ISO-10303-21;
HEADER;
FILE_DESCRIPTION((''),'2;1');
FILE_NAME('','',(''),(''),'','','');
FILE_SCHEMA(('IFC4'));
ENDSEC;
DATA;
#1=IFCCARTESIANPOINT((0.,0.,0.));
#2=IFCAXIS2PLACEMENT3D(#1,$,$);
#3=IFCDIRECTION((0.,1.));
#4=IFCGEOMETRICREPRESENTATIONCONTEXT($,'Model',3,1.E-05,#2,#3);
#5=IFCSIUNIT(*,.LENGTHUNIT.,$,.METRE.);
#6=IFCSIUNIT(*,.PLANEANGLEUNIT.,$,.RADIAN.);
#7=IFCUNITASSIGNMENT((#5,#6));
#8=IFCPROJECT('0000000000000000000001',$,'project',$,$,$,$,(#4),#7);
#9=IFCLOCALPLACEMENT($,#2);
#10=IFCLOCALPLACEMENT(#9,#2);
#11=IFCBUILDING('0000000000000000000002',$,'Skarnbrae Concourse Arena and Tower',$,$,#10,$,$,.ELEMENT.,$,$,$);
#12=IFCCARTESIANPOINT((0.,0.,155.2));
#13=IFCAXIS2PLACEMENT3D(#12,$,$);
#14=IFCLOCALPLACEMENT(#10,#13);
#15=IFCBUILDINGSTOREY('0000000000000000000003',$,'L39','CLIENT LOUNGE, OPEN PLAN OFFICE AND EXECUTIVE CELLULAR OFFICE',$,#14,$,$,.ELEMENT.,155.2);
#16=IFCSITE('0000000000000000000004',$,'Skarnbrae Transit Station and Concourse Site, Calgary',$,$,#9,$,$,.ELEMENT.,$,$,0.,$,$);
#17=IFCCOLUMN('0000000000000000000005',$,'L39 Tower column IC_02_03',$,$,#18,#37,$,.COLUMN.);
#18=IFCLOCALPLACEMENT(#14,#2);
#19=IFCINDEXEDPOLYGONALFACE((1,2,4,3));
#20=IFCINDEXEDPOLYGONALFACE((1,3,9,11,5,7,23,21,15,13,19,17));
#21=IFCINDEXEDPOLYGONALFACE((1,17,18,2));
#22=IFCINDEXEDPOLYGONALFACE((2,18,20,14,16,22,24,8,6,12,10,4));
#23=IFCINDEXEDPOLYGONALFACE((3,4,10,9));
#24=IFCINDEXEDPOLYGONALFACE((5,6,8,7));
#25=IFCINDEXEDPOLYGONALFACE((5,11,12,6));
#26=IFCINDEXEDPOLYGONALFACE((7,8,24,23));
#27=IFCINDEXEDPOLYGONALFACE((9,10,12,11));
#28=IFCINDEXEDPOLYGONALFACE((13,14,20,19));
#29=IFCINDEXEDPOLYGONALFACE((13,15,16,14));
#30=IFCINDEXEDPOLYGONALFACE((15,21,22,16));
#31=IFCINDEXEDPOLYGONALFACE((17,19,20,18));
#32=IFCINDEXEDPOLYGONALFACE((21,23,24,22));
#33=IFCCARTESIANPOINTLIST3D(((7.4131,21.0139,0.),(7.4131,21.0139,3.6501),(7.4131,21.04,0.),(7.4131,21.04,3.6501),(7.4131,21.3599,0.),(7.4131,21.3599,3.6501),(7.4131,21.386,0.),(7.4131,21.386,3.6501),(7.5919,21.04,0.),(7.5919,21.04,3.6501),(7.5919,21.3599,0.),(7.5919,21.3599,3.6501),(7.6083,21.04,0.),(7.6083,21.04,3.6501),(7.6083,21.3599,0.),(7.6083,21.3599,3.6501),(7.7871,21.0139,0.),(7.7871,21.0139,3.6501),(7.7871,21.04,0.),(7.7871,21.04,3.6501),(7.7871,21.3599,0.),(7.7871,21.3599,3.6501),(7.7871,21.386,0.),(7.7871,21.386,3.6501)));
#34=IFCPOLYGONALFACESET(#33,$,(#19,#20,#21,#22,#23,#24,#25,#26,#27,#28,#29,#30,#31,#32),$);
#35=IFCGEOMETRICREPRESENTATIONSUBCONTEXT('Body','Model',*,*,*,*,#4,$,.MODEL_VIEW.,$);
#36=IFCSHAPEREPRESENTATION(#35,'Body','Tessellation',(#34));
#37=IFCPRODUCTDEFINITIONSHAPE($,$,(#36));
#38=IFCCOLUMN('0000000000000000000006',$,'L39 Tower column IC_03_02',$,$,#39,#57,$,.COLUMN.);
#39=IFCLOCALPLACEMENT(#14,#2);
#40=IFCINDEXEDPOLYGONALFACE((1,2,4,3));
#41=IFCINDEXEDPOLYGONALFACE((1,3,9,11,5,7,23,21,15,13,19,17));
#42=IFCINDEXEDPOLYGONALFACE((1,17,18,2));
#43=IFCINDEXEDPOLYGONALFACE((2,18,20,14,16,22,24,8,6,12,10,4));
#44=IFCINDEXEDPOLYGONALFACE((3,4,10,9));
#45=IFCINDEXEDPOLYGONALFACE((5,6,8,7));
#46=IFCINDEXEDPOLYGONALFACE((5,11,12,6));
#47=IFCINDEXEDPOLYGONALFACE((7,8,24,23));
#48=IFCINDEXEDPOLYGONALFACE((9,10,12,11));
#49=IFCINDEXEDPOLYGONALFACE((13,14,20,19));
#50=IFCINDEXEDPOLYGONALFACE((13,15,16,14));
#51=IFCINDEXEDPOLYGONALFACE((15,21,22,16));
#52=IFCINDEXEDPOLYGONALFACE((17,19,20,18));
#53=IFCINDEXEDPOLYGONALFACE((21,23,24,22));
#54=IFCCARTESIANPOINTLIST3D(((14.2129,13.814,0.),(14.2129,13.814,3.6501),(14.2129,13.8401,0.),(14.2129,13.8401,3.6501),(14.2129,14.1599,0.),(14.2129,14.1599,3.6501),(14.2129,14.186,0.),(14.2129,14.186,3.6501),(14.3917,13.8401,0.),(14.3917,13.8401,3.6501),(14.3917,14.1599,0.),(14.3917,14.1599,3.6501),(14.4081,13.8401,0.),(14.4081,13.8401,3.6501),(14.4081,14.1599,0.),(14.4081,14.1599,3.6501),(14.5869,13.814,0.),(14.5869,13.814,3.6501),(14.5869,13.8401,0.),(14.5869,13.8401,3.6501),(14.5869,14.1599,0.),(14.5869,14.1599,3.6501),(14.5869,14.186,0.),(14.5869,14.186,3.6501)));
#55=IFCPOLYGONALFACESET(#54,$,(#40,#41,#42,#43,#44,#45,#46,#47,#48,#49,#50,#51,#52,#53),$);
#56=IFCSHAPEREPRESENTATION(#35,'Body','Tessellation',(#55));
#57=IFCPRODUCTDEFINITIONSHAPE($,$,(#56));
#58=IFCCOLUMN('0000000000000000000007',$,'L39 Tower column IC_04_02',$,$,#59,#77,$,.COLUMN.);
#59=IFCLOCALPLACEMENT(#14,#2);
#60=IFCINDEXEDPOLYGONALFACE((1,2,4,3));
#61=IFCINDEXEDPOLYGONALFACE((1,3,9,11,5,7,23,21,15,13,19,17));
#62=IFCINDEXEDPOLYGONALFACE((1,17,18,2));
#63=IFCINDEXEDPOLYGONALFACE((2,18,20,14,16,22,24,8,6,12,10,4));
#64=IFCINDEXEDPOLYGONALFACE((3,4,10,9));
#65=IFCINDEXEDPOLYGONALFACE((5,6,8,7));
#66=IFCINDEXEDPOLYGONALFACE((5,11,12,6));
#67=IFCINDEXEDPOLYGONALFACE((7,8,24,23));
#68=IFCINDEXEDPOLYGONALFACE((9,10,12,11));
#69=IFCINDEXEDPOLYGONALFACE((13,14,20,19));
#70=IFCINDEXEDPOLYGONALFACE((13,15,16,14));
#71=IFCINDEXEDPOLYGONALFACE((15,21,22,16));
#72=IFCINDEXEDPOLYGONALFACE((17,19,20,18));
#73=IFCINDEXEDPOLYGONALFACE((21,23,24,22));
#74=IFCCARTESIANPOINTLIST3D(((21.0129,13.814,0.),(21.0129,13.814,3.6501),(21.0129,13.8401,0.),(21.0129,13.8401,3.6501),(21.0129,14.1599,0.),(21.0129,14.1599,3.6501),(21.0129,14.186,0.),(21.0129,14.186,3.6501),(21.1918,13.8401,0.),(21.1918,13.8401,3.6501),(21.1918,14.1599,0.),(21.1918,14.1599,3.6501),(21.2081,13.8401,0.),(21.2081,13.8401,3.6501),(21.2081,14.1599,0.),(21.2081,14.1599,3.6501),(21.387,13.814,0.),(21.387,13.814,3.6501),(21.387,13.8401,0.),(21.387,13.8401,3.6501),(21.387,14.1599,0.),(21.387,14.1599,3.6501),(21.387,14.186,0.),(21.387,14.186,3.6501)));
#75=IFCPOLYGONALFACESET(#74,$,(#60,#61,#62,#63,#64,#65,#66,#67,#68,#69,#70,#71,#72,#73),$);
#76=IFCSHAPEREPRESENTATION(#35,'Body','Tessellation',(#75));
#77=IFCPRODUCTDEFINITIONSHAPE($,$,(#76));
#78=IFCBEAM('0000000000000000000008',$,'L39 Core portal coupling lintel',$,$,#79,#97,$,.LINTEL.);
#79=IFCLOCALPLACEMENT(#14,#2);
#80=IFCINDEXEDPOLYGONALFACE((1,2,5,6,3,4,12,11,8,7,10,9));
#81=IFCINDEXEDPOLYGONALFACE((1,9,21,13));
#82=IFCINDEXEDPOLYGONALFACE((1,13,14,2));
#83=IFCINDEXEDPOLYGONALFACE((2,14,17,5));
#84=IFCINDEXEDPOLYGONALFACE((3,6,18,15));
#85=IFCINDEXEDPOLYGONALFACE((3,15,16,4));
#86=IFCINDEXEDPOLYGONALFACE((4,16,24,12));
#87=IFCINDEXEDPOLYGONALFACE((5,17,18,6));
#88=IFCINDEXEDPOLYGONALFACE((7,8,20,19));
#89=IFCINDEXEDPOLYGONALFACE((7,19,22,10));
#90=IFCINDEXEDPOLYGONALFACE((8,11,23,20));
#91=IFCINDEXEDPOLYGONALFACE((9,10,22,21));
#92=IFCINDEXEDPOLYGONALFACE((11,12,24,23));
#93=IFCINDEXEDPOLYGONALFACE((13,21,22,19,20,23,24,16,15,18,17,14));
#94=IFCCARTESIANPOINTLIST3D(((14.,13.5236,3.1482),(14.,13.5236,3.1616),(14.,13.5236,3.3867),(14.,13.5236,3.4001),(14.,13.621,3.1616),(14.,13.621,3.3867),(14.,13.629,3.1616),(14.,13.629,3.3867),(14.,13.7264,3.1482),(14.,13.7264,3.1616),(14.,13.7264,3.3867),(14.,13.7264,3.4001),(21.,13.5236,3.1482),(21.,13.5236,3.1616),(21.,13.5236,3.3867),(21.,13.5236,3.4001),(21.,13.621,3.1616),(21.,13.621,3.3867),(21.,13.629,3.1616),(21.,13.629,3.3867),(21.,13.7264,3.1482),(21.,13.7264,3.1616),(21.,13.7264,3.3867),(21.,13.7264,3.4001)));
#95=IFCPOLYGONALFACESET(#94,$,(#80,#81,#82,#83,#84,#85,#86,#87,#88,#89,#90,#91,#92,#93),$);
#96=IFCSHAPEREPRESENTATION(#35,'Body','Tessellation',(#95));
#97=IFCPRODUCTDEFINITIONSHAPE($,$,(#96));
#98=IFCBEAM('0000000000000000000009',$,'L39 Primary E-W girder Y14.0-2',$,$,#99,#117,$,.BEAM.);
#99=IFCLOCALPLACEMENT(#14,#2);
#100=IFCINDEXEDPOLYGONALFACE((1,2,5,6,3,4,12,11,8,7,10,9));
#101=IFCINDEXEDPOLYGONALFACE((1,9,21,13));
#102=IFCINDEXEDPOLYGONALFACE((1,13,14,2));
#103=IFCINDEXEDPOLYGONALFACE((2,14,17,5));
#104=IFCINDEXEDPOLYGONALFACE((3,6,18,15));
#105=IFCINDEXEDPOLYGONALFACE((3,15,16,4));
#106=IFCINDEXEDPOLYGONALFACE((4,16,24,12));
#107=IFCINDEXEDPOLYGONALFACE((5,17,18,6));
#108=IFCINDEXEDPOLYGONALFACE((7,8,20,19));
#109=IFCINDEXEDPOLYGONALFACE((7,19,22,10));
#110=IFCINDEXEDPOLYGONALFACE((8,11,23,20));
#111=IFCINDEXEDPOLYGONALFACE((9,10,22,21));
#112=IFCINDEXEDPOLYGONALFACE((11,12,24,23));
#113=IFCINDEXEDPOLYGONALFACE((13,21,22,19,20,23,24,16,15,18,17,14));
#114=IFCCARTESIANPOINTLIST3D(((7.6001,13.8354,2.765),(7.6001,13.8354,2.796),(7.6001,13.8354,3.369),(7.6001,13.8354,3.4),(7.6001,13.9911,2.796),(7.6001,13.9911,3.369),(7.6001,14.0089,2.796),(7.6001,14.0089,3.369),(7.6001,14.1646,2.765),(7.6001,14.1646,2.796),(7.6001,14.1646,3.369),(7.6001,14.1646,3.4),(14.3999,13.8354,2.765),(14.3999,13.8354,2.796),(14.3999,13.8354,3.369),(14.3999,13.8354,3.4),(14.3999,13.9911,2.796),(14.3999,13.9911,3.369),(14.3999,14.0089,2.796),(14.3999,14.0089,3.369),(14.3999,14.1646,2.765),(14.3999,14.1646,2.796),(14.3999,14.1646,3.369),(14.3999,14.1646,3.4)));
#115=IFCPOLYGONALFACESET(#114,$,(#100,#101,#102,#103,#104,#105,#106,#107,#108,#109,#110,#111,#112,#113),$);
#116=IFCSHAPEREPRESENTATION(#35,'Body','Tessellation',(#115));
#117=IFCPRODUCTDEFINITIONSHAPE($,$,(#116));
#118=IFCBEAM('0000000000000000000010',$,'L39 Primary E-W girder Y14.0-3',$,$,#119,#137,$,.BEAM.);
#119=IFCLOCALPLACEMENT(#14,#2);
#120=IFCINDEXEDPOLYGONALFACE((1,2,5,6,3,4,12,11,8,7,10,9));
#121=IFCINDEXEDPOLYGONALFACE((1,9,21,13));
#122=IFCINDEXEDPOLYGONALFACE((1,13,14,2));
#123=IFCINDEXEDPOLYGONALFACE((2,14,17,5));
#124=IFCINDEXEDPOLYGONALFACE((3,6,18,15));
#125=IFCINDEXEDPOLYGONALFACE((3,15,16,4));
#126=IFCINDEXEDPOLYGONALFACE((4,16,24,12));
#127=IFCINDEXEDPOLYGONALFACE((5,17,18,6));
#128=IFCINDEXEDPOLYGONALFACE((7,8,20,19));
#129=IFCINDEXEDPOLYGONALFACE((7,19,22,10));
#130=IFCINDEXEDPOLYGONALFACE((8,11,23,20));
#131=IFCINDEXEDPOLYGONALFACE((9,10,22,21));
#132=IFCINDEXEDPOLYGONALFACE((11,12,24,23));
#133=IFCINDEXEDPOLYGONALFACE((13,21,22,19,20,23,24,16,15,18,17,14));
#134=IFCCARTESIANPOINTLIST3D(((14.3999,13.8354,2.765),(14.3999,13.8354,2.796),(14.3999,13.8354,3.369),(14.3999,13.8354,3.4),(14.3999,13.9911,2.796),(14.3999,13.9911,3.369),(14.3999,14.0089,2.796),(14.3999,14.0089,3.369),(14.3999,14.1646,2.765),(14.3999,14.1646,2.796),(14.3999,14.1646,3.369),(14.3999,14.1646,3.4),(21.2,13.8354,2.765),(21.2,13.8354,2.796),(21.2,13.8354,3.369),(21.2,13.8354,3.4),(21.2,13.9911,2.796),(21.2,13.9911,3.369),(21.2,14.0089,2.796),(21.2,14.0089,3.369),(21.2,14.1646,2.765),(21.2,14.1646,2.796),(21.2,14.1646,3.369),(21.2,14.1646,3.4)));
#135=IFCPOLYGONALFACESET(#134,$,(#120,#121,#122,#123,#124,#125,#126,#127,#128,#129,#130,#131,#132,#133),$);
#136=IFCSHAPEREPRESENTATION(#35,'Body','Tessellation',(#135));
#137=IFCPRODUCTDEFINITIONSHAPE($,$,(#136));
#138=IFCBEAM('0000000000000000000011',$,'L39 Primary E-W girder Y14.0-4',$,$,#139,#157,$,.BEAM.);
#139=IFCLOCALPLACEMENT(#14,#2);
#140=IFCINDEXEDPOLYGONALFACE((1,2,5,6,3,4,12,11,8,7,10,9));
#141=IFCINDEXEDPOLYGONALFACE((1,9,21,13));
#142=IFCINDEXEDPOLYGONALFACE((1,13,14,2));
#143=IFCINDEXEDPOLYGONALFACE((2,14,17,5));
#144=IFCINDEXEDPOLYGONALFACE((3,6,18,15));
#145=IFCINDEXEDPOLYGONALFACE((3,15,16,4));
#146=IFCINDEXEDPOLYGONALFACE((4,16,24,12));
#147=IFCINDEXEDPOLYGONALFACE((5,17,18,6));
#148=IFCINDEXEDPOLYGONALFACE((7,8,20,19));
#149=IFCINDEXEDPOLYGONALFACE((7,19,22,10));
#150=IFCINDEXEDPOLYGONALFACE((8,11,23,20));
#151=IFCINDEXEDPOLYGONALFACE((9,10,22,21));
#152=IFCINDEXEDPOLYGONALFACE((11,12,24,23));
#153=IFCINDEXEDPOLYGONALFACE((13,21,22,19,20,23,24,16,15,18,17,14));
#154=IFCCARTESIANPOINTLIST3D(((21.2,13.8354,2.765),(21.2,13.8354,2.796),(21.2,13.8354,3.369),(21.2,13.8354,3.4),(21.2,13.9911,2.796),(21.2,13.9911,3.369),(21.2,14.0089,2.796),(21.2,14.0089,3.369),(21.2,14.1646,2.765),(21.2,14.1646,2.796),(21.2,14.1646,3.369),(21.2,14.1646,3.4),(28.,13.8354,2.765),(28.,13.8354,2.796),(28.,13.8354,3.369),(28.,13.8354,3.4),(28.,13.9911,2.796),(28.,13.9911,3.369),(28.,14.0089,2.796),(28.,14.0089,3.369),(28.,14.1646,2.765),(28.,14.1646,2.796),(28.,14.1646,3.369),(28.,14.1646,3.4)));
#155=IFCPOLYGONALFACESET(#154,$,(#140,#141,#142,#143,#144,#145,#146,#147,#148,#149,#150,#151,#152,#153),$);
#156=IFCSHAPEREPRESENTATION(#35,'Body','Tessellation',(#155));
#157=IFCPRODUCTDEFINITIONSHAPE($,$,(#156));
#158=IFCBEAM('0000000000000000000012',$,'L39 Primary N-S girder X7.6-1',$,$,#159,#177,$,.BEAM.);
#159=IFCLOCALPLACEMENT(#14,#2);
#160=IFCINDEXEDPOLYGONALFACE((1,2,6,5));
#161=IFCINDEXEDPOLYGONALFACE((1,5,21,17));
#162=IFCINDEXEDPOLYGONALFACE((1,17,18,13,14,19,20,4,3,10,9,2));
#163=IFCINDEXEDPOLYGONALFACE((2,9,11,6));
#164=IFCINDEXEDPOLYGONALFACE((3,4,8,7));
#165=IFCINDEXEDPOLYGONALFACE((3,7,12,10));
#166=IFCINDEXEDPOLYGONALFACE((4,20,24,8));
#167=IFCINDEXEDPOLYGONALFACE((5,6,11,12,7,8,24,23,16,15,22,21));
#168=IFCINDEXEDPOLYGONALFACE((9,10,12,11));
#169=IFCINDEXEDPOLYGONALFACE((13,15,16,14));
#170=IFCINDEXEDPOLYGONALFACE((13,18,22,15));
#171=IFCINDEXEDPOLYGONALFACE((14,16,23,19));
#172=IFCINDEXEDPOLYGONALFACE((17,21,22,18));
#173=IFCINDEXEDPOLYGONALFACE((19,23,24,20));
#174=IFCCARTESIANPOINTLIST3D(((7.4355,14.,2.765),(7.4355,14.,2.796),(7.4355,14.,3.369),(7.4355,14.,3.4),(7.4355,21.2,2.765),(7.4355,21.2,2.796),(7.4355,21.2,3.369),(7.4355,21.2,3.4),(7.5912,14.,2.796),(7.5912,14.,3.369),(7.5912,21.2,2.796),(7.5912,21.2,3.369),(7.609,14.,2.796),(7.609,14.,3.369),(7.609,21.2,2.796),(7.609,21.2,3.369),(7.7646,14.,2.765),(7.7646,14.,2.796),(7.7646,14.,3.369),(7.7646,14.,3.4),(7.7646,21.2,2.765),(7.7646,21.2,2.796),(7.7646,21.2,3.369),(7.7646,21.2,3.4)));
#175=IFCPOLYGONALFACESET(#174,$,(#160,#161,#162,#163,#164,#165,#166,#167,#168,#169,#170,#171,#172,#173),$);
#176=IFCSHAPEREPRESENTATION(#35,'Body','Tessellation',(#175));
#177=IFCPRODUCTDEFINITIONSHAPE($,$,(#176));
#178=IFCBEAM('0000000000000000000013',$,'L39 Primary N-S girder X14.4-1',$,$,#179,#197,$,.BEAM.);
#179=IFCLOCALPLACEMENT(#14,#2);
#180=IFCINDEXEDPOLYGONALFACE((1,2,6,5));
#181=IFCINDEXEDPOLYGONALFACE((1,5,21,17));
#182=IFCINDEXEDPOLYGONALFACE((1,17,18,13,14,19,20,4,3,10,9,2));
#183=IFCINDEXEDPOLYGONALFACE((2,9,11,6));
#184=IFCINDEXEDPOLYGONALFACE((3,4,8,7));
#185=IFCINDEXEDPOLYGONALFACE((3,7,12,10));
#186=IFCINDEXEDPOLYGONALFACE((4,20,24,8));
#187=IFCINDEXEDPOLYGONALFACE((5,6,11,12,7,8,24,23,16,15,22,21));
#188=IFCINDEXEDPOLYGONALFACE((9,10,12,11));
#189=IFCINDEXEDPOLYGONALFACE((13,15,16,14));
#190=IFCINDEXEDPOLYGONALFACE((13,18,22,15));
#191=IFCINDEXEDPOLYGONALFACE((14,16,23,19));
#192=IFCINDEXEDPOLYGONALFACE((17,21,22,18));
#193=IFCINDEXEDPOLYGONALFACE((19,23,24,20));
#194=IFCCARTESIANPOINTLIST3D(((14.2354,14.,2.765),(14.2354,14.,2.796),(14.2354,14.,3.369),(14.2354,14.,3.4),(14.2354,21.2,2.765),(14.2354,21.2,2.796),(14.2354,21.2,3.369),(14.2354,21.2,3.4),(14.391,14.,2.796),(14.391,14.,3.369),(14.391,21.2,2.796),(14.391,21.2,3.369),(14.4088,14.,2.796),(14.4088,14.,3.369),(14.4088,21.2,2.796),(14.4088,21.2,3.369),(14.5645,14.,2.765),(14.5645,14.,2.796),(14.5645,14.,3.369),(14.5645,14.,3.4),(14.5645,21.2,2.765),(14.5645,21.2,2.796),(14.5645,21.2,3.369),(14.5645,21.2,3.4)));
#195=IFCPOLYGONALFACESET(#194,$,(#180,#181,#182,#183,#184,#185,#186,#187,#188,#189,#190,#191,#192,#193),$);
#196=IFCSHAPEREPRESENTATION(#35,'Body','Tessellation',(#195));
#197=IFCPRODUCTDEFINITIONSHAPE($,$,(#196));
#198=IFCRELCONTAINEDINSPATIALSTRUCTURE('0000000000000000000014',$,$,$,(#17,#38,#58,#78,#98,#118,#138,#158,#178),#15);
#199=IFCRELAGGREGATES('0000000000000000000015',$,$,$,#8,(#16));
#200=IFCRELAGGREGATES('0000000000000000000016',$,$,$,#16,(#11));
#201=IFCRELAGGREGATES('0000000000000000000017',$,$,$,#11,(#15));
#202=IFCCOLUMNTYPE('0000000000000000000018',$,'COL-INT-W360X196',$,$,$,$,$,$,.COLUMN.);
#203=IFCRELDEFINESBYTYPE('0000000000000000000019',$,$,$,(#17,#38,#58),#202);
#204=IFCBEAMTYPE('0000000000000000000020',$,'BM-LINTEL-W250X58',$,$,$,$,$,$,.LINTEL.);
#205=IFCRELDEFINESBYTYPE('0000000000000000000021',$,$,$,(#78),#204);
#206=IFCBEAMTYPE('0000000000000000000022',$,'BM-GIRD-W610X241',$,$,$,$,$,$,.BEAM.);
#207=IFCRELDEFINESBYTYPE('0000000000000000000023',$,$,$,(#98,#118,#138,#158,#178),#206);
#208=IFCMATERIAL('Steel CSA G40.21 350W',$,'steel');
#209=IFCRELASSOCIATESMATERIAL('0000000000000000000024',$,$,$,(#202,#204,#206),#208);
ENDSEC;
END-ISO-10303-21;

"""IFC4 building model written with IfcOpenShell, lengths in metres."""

from ifc_helpers import new_model, si_unit, direction, frame, origin, origin_2d, place, context, subcontext, project, spatial, i_section, extrude, source, transform, mapped, material, material_profile, profile_set, type_object, element, save


model = new_model("IFC4")

# Units and contexts
model_context = context("Model", 3, precision=1e-05, world=origin(), true_north=direction((0.0, 1.0)))
body_context = subcontext(model_context, "Body", "Model", "MODEL_VIEW")
ifc_project = project(units=[si_unit("LENGTHUNIT", "METRE"), si_unit("PLANEANGLEUNIT", "RADIAN")], contexts=[model_context])

# Site, building, storey
site_placement = place(None, origin())
site = spatial("IfcSite", under=ifc_project, at=site_placement, Name="Skarnbrae Transit Station and Concourse Site, Calgary", CompositionType="ELEMENT", RefElevation=0.0)
building_placement = place(site_placement, origin())
building = spatial("IfcBuilding", under=site, at=building_placement, Name="Skarnbrae Concourse Arena and Tower", CompositionType="ELEMENT")
storey_placement = place(building_placement, frame((0.0, 0.0, 155.2)))
storey = spatial("IfcBuildingStorey", under=building, at=storey_placement, Name="L39", Description="CLIENT LOUNGE, OPEN PLAN OFFICE AND EXECUTIVE CELLULAR OFFICE", CompositionType="ELEMENT", Elevation=155.2)

# Columns
ifc_material_1 = material(Name="Steel CSA G40.21 350W", Category="steel")
ifc_material_profile_1 = material_profile(ifc_material_1, i_section(OverallWidth=0.374, OverallDepth=0.3721, WebThickness=0.0164, FlangeThickness=0.0261, at=origin_2d()), Name="W360X196")
ifc_profile_set_1 = profile_set([ifc_material_profile_1], Name="Steel CSA G40.21 350W")
column_type = type_object("IfcColumnType", Name="COL-INT-W360X196", PredefinedType="COLUMN", material=ifc_profile_set_1)
shared_shape_1 = source(origin(), body_context, "Body", "SweptSolid", [
    extrude(i_section(OverallWidth=0.374, OverallDepth=0.3721, WebThickness=0.0164, FlangeThickness=0.0261, at=origin_2d()), origin(), (0.0, 0.0, 1.0), 3.6501),
])
for number, where, z_axis, x_axis, name in (
    (1, (7.6001, 21.2, 0.0), (0.0, 0.0, 1.0), (1.0, 0.0, 0.0), "L39 Tower column IC_02_03"),
    (2, (14.3999, 14.0, 0.0), (0.0, 0.0, 1.0), (1.0, 0.0, 0.0), "L39 Tower column IC_03_02"),
    (3, (21.2, 14.0, 0.0), (0.0, 0.0, 1.0), (1.0, 0.0, 0.0), "L39 Tower column IC_04_02"),
):
    element("IfcColumn", number, at=place(storey_placement, frame(where, z_axis=z_axis, x_axis=x_axis)), inside=storey, type_object=column_type, Name=name, PredefinedType="COLUMN", context=body_context, shape_type="MappedRepresentation", body=[
        mapped(shared_shape_1, transform((0.0, 0.0, 0.0))),
    ])

# Beams
ifc_material_profile_2 = material_profile(ifc_material_1, i_section(OverallWidth=0.2029, OverallDepth=0.252, WebThickness=0.0081, FlangeThickness=0.0134, at=origin_2d()), Name="W250X58")
ifc_profile_set_2 = profile_set([ifc_material_profile_2], Name="Steel CSA G40.21 350W")
beam_type_1 = type_object("IfcBeamType", Name="BM-LINTEL-W250X58", PredefinedType="LINTEL", material=ifc_profile_set_2)
shared_shape_2 = source(origin(), body_context, "Body", "SweptSolid", [
    extrude(i_section(OverallWidth=0.2029, OverallDepth=0.252, WebThickness=0.0081, FlangeThickness=0.0134, at=origin_2d()), origin(), (0.0, 0.0, 1.0), 7.0),
])
beam_1_placement = place(storey_placement, frame((14.0, 13.625, 3.2742), z_axis=(1.0, 0.0, 0.0), x_axis=(0.0, 1.0, 0.0)))
element("IfcBeam", 4, at=beam_1_placement, inside=storey, type_object=beam_type_1, Name="L39 Core portal coupling lintel", PredefinedType="LINTEL", context=body_context, shape_type="MappedRepresentation", body=[
    mapped(shared_shape_2, transform((0.0, 0.0, 0.0))),
])
ifc_material_profile_3 = material_profile(ifc_material_1, i_section(OverallWidth=0.3291, OverallDepth=0.635, WebThickness=0.0178, FlangeThickness=0.031, at=origin_2d()), Name="W610X241")
ifc_profile_set_3 = profile_set([ifc_material_profile_3], Name="Steel CSA G40.21 350W")
beam_type_2 = type_object("IfcBeamType", Name="BM-GIRD-W610X241", PredefinedType="BEAM", material=ifc_profile_set_3)
shared_shape_3 = source(origin(), body_context, "Body", "SweptSolid", [
    extrude(i_section(OverallWidth=0.3291, OverallDepth=0.635, WebThickness=0.0178, FlangeThickness=0.031, at=origin_2d()), origin(), (0.0, 0.0, 1.0), 6.7998),
])
beam_2_placement = place(storey_placement, frame((7.6001, 14.0, 3.0825), z_axis=(1.0, 0.0, 0.0), x_axis=(0.0, 1.0, 0.0)))
element("IfcBeam", 5, at=beam_2_placement, inside=storey, type_object=beam_type_2, Name="L39 Primary E-W girder Y14.0-2", PredefinedType="BEAM", context=body_context, shape_type="MappedRepresentation", body=[
    mapped(shared_shape_3, transform((0.0, 0.0, 0.0))),
])
shared_shape_4 = source(origin(), body_context, "Body", "SweptSolid", [
    extrude(i_section(OverallWidth=0.3291, OverallDepth=0.635, WebThickness=0.0178, FlangeThickness=0.031, at=origin_2d()), origin(), (0.0, 0.0, 1.0), 6.8),
])
for number, where, z_axis, x_axis, name in (
    (6, (14.3999, 14.0, 3.0825), (1.0, 0.0, 0.0), (0.0, 1.0, 0.0), "L39 Primary E-W girder Y14.0-3"),
    (7, (21.2, 14.0, 3.0825), (1.0, 0.0, 0.0), (0.0, 1.0, 0.0), "L39 Primary E-W girder Y14.0-4"),
):
    element("IfcBeam", number, at=place(storey_placement, frame(where, z_axis=z_axis, x_axis=x_axis)), inside=storey, type_object=beam_type_2, Name=name, PredefinedType="BEAM", context=body_context, shape_type="MappedRepresentation", body=[
        mapped(shared_shape_4, transform((0.0, 0.0, 0.0))),
    ])
shared_shape_5 = source(origin(), body_context, "Body", "SweptSolid", [
    extrude(i_section(OverallWidth=0.3291, OverallDepth=0.635, WebThickness=0.0178, FlangeThickness=0.031, at=origin_2d()), origin(), (0.0, 0.0, 1.0), 7.2),
])
for number, where, z_axis, x_axis, name in (
    (8, (7.6001, 14.0, 3.0825), (0.0, 1.0, 0.0), (-1.0, 0.0, 0.0), "L39 Primary N-S girder X7.6-1"),
    (9, (14.3999, 14.0, 3.0825), (0.0, 1.0, 0.0), (-1.0, 0.0, 0.0), "L39 Primary N-S girder X14.4-1"),
):
    element("IfcBeam", number, at=place(storey_placement, frame(where, z_axis=z_axis, x_axis=x_axis)), inside=storey, type_object=beam_type_2, Name=name, PredefinedType="BEAM", context=body_context, shape_type="MappedRepresentation", body=[
        mapped(shared_shape_5, transform((0.0, 0.0, 0.0))),
    ])

save(model, "model.ifc")
